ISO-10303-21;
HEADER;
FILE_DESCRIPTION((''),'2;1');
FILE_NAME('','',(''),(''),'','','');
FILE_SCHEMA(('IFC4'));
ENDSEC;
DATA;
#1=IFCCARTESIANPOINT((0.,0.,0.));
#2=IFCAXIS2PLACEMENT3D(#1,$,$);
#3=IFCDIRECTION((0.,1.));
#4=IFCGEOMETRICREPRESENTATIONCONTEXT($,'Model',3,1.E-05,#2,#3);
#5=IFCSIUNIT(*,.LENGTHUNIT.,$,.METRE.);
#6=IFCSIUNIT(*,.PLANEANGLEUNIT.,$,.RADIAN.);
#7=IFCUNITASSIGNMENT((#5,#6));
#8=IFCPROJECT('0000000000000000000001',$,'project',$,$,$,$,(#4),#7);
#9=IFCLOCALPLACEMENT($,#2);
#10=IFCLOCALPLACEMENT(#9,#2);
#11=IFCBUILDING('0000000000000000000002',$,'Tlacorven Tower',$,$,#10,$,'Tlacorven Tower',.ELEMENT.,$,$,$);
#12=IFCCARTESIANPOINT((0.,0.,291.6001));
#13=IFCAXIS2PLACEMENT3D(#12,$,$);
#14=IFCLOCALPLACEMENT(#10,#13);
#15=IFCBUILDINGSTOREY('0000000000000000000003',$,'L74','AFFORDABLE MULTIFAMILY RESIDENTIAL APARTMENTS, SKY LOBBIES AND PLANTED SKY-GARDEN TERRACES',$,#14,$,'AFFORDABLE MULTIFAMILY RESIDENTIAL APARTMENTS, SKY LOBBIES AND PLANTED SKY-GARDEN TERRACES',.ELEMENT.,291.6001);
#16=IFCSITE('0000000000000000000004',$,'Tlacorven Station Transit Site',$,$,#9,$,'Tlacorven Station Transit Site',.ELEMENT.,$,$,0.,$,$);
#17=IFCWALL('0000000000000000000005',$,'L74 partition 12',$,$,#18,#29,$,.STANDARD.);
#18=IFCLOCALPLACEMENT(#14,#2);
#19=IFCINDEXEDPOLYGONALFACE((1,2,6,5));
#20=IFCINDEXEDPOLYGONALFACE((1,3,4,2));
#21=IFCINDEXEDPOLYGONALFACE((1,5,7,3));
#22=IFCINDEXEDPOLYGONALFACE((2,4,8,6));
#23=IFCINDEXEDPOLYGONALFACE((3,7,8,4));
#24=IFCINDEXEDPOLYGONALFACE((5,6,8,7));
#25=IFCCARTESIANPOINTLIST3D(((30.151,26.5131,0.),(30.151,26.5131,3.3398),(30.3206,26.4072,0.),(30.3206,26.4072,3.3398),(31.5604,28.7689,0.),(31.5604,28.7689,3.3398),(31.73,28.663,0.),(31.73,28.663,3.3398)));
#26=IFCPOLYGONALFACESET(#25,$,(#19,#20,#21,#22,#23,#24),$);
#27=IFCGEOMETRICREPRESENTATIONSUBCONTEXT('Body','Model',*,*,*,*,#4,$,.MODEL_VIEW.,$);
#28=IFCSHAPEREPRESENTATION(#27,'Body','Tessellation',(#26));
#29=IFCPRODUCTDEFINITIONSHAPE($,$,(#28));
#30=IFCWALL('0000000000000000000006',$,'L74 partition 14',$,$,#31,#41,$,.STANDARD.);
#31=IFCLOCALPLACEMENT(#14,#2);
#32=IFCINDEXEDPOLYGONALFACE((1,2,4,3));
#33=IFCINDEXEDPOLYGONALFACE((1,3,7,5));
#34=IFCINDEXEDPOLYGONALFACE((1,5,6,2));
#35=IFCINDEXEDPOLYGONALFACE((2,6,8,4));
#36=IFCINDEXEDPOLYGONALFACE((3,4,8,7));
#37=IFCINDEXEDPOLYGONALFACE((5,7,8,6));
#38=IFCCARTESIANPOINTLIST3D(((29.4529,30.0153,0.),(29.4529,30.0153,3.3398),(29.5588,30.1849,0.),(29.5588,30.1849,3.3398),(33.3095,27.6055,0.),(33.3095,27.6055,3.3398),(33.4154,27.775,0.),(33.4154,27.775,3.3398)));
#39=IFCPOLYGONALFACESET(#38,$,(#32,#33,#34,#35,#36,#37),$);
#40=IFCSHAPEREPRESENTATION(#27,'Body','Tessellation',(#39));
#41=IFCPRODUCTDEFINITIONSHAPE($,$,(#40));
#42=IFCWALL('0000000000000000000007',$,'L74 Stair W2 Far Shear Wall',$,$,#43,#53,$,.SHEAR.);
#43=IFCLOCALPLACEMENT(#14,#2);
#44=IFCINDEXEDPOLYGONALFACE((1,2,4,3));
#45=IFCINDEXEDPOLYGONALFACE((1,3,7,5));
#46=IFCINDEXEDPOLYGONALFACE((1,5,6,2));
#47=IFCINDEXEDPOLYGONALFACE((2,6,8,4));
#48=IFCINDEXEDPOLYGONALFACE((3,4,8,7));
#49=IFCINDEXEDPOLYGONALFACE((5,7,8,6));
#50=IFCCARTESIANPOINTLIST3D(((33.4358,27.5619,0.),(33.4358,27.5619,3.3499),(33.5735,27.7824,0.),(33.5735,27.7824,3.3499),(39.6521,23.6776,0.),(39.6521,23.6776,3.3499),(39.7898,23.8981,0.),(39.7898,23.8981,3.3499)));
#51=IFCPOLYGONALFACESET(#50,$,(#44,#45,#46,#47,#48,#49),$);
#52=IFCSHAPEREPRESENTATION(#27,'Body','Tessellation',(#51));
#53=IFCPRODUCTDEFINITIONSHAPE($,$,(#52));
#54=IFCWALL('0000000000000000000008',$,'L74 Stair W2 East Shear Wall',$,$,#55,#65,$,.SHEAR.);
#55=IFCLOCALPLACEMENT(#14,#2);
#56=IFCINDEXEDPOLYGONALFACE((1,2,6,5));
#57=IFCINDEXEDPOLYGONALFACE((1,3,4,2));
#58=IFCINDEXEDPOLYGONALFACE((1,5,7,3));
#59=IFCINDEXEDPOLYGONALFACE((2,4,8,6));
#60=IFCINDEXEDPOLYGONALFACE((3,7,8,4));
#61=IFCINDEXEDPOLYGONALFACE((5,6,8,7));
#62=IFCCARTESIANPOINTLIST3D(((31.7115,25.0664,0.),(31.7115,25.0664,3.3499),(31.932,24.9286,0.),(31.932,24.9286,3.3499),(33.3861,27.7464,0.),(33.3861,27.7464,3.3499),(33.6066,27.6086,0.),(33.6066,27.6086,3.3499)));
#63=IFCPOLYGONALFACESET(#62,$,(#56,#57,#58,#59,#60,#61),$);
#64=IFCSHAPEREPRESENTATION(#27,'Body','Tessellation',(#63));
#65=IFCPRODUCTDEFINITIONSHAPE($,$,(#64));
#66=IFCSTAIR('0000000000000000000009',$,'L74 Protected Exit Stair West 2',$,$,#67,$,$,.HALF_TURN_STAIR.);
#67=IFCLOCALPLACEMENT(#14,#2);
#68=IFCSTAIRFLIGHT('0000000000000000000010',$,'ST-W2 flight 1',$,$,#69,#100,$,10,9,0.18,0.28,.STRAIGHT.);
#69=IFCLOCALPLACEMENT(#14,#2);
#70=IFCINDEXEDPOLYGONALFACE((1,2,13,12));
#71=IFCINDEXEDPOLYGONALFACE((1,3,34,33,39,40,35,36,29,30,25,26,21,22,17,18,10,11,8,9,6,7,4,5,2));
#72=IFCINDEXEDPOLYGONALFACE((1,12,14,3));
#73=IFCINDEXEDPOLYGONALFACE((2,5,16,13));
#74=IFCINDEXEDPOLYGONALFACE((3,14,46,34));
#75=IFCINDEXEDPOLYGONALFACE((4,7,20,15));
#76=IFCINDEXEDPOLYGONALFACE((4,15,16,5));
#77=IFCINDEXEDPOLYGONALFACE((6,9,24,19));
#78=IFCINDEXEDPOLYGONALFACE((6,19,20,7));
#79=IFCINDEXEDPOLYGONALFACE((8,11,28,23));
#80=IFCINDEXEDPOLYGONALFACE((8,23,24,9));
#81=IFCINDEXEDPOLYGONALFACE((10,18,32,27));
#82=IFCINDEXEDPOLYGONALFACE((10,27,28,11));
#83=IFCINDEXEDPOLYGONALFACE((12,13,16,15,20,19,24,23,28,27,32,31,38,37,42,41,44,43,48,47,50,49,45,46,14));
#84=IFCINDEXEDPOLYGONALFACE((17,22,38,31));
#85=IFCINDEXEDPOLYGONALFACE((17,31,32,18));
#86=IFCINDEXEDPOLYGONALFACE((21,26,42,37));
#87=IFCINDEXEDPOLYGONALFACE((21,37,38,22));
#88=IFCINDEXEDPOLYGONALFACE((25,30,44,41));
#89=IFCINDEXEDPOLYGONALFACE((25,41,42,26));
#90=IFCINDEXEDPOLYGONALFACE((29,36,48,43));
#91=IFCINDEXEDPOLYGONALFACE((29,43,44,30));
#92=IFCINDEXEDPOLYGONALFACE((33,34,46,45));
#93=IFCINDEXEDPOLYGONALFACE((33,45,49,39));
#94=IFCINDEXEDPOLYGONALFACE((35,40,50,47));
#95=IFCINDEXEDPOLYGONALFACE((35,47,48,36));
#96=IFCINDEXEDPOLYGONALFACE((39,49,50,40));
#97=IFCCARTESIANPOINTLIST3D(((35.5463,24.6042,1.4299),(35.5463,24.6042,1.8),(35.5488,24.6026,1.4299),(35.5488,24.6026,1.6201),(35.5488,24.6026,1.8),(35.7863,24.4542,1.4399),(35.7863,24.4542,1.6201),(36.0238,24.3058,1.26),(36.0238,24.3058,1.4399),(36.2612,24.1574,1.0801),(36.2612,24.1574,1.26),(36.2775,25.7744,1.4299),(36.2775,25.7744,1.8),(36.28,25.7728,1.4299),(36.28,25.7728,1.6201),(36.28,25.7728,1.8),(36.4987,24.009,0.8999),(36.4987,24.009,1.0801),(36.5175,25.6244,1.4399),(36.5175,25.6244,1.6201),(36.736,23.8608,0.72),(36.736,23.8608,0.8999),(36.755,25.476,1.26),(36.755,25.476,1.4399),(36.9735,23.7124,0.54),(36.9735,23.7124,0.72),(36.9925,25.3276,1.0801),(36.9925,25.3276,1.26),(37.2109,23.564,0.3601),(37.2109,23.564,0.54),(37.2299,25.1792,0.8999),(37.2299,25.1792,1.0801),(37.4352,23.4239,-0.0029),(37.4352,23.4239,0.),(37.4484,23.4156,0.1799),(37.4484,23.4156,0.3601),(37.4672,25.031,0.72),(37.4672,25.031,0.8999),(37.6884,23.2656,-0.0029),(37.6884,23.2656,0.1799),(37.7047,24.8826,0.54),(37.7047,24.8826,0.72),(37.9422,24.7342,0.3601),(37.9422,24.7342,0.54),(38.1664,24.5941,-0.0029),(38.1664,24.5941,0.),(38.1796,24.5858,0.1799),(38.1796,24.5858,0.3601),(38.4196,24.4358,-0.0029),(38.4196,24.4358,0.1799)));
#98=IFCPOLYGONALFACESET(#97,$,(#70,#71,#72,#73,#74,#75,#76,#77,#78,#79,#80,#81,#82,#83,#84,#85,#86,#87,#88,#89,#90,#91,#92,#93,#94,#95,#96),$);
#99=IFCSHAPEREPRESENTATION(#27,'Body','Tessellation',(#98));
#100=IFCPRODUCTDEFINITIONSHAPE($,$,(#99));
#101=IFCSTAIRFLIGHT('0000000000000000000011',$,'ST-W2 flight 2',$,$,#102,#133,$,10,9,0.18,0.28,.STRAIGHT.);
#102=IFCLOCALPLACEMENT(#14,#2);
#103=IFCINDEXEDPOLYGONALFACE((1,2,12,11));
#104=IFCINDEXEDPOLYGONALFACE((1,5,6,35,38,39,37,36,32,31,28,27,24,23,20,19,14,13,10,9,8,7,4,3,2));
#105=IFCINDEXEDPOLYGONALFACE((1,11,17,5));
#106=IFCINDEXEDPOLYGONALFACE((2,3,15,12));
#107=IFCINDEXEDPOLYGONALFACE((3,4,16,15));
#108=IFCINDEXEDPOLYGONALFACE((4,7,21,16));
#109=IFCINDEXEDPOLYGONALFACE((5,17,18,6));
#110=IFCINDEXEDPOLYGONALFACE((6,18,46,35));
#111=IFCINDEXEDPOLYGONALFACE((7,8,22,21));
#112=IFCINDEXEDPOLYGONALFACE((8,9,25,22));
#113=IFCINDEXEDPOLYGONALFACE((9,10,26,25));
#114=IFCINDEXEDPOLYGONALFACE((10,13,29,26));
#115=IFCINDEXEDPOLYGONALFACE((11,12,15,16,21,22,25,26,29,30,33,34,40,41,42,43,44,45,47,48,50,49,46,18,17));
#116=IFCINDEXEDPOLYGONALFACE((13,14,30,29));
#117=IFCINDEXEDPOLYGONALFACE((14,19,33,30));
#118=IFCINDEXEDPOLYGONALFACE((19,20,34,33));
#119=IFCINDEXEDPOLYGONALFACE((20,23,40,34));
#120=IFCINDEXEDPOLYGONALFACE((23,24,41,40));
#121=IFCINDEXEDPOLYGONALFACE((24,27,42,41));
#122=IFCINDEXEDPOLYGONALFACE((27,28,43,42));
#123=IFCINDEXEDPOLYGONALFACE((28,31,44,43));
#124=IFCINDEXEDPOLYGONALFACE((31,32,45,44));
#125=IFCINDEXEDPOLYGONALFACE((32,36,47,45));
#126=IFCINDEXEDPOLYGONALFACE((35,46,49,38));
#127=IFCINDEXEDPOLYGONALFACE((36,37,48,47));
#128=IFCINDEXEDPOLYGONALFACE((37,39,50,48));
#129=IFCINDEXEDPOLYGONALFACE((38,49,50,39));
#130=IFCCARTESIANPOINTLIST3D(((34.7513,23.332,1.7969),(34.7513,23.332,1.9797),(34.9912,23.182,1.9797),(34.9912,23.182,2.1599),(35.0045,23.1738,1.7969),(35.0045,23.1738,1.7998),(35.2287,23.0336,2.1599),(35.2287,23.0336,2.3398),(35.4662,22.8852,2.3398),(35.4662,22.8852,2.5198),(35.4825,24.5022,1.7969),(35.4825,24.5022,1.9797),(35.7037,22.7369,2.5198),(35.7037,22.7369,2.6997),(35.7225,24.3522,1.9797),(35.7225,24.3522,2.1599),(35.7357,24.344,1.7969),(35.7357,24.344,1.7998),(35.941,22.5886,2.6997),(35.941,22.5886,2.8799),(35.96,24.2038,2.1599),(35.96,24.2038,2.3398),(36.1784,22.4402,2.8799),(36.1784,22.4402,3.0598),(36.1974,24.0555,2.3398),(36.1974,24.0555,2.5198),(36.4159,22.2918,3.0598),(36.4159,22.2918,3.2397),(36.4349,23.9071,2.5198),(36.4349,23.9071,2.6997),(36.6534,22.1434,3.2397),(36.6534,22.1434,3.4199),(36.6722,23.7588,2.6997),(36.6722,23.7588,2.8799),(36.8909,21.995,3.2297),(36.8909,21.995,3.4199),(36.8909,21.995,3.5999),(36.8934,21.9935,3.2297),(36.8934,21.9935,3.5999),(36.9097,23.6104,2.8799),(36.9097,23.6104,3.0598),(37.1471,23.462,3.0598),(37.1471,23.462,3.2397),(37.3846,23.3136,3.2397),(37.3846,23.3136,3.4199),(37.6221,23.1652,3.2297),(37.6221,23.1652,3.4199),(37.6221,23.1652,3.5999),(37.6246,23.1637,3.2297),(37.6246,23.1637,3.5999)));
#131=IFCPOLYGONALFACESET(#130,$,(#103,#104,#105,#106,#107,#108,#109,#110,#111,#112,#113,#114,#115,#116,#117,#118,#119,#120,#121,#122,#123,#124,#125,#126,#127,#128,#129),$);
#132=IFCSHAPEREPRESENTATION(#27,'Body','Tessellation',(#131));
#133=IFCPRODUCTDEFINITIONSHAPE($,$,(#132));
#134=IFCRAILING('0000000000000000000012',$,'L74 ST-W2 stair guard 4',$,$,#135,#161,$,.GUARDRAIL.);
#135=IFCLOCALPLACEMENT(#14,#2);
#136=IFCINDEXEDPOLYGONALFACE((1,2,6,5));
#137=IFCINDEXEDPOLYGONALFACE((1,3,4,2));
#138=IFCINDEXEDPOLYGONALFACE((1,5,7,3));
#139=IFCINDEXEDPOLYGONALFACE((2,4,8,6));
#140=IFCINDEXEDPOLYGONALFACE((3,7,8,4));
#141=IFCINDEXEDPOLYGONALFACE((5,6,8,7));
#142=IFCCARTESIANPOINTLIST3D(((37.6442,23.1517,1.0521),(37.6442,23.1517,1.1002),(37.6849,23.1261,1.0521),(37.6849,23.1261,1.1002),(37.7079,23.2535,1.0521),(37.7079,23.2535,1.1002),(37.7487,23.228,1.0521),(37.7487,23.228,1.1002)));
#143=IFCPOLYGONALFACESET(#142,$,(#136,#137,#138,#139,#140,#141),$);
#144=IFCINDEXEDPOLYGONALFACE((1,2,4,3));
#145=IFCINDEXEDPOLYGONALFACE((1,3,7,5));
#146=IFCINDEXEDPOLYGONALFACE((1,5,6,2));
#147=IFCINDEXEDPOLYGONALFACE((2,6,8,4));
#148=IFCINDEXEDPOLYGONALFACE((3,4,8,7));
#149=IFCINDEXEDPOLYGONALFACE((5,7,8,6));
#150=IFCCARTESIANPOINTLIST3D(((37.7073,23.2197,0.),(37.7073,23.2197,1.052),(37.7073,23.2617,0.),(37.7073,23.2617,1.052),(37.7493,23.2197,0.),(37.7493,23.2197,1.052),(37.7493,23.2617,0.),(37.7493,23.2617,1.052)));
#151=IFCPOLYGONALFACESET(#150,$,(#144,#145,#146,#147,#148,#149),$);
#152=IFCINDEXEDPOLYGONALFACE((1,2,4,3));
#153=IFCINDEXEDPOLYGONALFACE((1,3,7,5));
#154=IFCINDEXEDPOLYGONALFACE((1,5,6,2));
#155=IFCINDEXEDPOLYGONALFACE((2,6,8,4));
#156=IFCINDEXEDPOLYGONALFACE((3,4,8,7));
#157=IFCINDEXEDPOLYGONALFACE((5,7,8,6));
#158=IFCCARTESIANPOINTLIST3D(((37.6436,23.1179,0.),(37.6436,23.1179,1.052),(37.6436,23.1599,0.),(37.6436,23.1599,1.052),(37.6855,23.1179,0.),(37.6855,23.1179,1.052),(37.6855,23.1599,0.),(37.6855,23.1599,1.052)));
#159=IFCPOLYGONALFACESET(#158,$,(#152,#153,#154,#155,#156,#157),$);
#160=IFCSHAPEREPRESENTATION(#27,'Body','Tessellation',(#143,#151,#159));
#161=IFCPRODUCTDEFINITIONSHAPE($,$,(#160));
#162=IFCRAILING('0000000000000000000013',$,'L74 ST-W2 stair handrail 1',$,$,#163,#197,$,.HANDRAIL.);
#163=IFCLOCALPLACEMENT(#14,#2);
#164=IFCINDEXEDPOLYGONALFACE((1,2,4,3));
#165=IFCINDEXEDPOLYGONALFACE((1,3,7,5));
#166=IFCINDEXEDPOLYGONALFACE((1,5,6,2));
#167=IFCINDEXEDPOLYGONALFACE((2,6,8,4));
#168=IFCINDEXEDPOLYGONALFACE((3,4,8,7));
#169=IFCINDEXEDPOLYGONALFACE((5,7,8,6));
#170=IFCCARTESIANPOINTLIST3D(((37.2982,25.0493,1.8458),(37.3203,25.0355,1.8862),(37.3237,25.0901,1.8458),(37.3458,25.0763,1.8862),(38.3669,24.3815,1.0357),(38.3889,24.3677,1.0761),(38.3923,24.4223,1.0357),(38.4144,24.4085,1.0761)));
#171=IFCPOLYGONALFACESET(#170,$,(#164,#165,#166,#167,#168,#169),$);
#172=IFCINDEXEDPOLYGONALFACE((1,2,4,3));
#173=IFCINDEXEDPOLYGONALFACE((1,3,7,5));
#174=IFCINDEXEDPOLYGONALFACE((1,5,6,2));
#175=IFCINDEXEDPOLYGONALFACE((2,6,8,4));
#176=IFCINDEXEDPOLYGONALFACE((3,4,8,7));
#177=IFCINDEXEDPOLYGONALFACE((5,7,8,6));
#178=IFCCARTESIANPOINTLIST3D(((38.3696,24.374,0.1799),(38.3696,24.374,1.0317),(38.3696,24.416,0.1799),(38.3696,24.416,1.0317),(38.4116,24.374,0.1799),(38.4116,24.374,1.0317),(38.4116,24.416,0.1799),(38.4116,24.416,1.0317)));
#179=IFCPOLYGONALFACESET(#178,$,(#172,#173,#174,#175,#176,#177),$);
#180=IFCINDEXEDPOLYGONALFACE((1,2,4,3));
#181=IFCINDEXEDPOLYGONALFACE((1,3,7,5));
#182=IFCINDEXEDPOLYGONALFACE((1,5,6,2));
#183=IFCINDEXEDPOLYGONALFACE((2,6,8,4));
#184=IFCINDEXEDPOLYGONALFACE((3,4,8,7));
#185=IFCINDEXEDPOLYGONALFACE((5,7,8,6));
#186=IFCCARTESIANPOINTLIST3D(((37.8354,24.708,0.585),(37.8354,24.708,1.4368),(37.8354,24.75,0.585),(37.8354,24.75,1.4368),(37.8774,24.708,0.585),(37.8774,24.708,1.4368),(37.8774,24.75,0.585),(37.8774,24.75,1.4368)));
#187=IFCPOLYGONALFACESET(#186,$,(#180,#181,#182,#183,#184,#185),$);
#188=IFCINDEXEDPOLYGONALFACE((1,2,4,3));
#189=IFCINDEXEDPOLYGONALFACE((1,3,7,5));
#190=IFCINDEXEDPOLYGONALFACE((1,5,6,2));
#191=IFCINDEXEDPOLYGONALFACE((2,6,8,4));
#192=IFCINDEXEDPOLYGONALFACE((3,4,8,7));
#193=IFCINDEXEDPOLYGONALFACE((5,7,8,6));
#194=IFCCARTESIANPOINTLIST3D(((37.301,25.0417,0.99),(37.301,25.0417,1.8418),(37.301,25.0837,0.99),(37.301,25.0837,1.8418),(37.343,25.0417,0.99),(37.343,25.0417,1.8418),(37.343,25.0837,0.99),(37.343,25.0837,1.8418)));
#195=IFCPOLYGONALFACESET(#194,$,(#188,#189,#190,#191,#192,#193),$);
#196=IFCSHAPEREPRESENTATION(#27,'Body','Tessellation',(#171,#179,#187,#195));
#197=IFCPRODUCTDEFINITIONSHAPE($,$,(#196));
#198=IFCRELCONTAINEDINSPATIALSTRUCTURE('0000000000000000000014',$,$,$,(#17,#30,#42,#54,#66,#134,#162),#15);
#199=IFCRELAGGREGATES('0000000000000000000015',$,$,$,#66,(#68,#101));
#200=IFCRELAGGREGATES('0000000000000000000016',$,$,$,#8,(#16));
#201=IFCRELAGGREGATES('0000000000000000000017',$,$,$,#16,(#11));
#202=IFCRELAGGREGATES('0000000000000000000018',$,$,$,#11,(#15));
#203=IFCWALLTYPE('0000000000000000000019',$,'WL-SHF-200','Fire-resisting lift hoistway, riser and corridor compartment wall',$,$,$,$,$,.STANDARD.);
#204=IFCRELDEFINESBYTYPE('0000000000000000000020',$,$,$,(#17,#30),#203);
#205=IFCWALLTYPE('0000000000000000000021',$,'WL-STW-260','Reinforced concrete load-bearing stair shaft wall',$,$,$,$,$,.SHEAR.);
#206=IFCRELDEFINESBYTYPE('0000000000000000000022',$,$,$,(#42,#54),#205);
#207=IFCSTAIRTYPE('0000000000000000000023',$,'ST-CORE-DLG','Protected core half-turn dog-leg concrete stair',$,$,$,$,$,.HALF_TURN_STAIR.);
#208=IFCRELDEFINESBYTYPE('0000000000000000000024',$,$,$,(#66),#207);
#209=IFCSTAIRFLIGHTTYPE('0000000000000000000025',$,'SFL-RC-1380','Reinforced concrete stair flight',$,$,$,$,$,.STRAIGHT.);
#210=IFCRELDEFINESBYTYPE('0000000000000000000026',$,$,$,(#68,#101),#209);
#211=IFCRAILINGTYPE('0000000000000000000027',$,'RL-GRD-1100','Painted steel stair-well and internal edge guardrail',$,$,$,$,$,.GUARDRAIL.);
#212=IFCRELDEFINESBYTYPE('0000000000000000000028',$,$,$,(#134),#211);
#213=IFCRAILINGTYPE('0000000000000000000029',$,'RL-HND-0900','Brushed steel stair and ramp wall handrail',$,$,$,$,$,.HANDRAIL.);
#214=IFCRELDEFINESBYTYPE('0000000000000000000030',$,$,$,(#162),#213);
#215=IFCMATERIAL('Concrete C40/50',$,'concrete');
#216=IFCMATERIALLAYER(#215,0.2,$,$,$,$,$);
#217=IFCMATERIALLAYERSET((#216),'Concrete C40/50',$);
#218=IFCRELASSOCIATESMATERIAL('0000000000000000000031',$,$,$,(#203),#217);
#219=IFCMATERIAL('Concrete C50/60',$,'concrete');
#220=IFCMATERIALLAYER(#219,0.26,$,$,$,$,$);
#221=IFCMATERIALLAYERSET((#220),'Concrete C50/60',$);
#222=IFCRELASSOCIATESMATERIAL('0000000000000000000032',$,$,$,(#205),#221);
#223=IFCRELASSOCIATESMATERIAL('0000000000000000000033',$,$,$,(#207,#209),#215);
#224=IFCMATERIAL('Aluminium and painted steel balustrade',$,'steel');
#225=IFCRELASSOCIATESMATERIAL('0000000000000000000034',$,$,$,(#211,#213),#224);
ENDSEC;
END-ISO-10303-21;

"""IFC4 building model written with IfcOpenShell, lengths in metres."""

from ifc_helpers import new_model, si_unit, direction, frame, frame_2d, origin, origin_2d, place, context, subcontext, project, spatial, polyline, rectangle, outline, extrude, source, transform, mapped, material, layer, layer_set, type_object, element, aggregate, save


model = new_model("IFC4")

# Units and contexts
model_context = context("Model", 3, precision=1e-05, world=origin(), true_north=direction((0.0, 1.0)))
body_context = subcontext(model_context, "Body", "Model", "MODEL_VIEW")
ifc_project = project(units=[si_unit("LENGTHUNIT", "METRE"), si_unit("PLANEANGLEUNIT", "RADIAN")], contexts=[model_context])

# Site, building, storey
site_placement = place(None, origin())
site = spatial("IfcSite", under=ifc_project, at=site_placement, Name="Tlacorven Station Transit Site", LongName="Tlacorven Station Transit Site", CompositionType="ELEMENT", RefElevation=0.0)
building_placement = place(site_placement, origin())
building = spatial("IfcBuilding", under=site, at=building_placement, Name="Tlacorven Tower", LongName="Tlacorven Tower", CompositionType="ELEMENT")
storey_placement = place(building_placement, frame((0.0, 0.0, 291.6001)))
storey = spatial("IfcBuildingStorey", under=building, at=storey_placement, Name="L74", Description="AFFORDABLE MULTIFAMILY RESIDENTIAL APARTMENTS, SKY LOBBIES AND PLANTED SKY-GARDEN TERRACES", LongName="AFFORDABLE MULTIFAMILY RESIDENTIAL APARTMENTS, SKY LOBBIES AND PLANTED SKY-GARDEN TERRACES", CompositionType="ELEMENT", Elevation=291.6001)

# Shared definitions
ifc_material_1 = material(Name="Concrete C40/50", Category="concrete")
ifc_layer_1 = layer(ifc_material_1, 0.2)
ifc_layer_set_1 = layer_set([ifc_layer_1], Name="Concrete C40/50")
wall_type_1 = type_object("IfcWallType", Name="WL-SHF-200", Description="Fire-resisting lift hoistway, riser and corridor compartment wall", PredefinedType="STANDARD", material=ifc_layer_set_1)

# Walls
wall_1_placement = place(storey_placement, frame((31.6453, 28.7161, 0.0), z_axis=(0.0, 0.0, 1.0), x_axis=(-0.529867, -0.848081, 0.0)))
element("IfcWall", 1, at=wall_1_placement, inside=storey, type_object=wall_type_1, Name="L74 partition 12", PredefinedType="STANDARD", context=body_context, shape_type="SweptSolid", body=[
    extrude(rectangle(XDim=2.6599, YDim=0.2, at=frame_2d((1.3301, 0.0))), origin(), (0.0, 0.0, 1.0), 3.3398),
])
wall_2_placement = place(storey_placement, frame((33.3625, 27.6902, 0.0), z_axis=(0.0, 0.0, 1.0), x_axis=(-0.84805, 0.529917, 0.0)))
element("IfcWall", 2, at=wall_2_placement, inside=storey, type_object=wall_type_1, Name="L74 partition 14", PredefinedType="STANDARD", context=body_context, shape_type="SweptSolid", body=[
    extrude(rectangle(XDim=4.5476, YDim=0.2, at=frame_2d((2.2739, 0.0))), origin(), (0.0, 0.0, 1.0), 3.3398),
])
ifc_material_2 = material(Name="Concrete C50/60", Category="concrete")
ifc_layer_2 = layer(ifc_material_2, 0.26)
ifc_layer_set_2 = layer_set([ifc_layer_2], Name="Concrete C50/60")
wall_type_2 = type_object("IfcWallType", Name="WL-STW-260", Description="Reinforced concrete load-bearing stair shaft wall", PredefinedType="SHEAR", material=ifc_layer_set_2)
wall_3_placement = place(storey_placement, frame((39.7209, 23.7878, 0.0), z_axis=(0.0, 0.0, 1.0), x_axis=(-0.848054, 0.529909, 0.0)))
element("IfcWall", 3, at=wall_3_placement, inside=storey, type_object=wall_type_2, Name="L74 Stair W2 Far Shear Wall", PredefinedType="SHEAR", context=body_context, shape_type="SweptSolid", body=[
    extrude(rectangle(XDim=7.3301, YDim=0.26, at=frame_2d((3.665, 0.0))), origin(), (0.0, 0.0, 1.0), 3.3499),
])
wall_4_placement = place(storey_placement, frame((33.4963, 27.6775, 0.0), z_axis=(0.0, 0.0, 1.0), x_axis=(-0.529909, -0.848055, 0.0)))
element("IfcWall", 4, at=wall_4_placement, inside=storey, type_object=wall_type_2, Name="L74 Stair W2 East Shear Wall", PredefinedType="SHEAR", context=body_context, shape_type="SweptSolid", body=[
    extrude(rectangle(XDim=3.1602, YDim=0.26, at=frame_2d((1.5801, 0.0))), origin(), (0.0, 0.0, 1.0), 3.3499),
])

# Stair, stair flights
stair_type = type_object("IfcStairType", Name="ST-CORE-DLG", Description="Protected core half-turn dog-leg concrete stair", PredefinedType="HALF_TURN_STAIR", material=ifc_material_1)
stair_placement = place(storey_placement, origin())
stair = element("IfcStair", 5, at=stair_placement, inside=storey, type_object=stair_type, Name="L74 Protected Exit Stair West 2", PredefinedType="HALF_TURN_STAIR")
stair_flight_type = type_object("IfcStairFlightType", Name="SFL-RC-1380", Description="Reinforced concrete stair flight", PredefinedType="STRAIGHT", material=ifc_material_1)
shared_shape_1 = source(origin(), body_context, "Body", "SweptSolid", [
    extrude(outline(polyline([(-0.0029, -0.0029), (-0.0029, 0.1799), (0.28, 0.1799), (0.28, 0.3601), (0.5601, 0.3601), (0.5601, 0.54), (0.8401, 0.54), (0.8401, 0.72), (1.1201, 0.72), (1.1201, 0.8999), (1.3999, 0.8999), (1.3999, 1.0801), (1.6799, 1.0801), (1.6799, 1.26), (1.96, 1.26), (1.96, 1.4399), (2.24, 1.4399), (2.24, 1.6201), (2.52, 1.6201), (2.52, 1.8), (2.5229, 1.8), (2.5229, 1.4299), (2.52, 1.4299), (0.2957, 0.0), (0.2957, -0.0029), (-0.0029, -0.0029)])), frame((0.0, 0.6899, 0.0), z_axis=(0.0, -1.0, 0.0), x_axis=(1.0, 0.0, 0.0)), (0.0, 0.0, 1.0), 1.3799),
])
stair_flight_1_placement = place(storey_placement, frame((38.0515, 23.8523, 0.0), z_axis=(0.0, 0.0, 1.0), x_axis=(-0.848048, 0.529919, 0.0)))
stair_flight_1 = element("IfcStairFlight", 6, at=stair_flight_1_placement, type_object=stair_flight_type, Name="ST-W2 flight 1", NumberOfRisers=10, NumberOfTreads=9, PredefinedType="STRAIGHT", RiserHeight=0.18, TreadLength=0.28, context=body_context, shape_type="MappedRepresentation", body=[
    mapped(shared_shape_1, transform((0.0, 0.0, 0.0), scale=1.0)),
])
stair_flight_2_placement = place(storey_placement, frame((35.1194, 23.9155, 1.7998), z_axis=(0.0, 0.0, 1.0), x_axis=(0.848048, -0.529919, 0.0)))
stair_flight_2 = element("IfcStairFlight", 7, at=stair_flight_2_placement, type_object=stair_flight_type, Name="ST-W2 flight 2", NumberOfRisers=10, NumberOfTreads=9, PredefinedType="STRAIGHT", RiserHeight=0.18, TreadLength=0.28, context=body_context, shape_type="MappedRepresentation", body=[
    mapped(shared_shape_1, transform((0.0, 0.0, 0.0), scale=1.0)),
])
aggregate(stair, [stair_flight_1, stair_flight_2])

# Railings
ifc_material_3 = material(Name="Aluminium and painted steel balustrade", Category="steel")
railing_type_1 = type_object("IfcRailingType", Name="RL-GRD-1100", Description="Painted steel stair-well and internal edge guardrail", PredefinedType="GUARDRAIL", material=ifc_material_3)
shared_shape_2 = source(origin(), body_context, "Body", "SweptSolid", [
    extrude(rectangle(XDim=0.0481, YDim=0.0481, at=origin_2d()), frame((0.0, 0.0, 1.0762), z_axis=(-0.530547, -0.847656, 0.0), x_axis=(0.847656, -0.530547, 0.0)), (0.0, 0.0, 1.0), 0.1201),
    extrude(rectangle(XDim=0.042, YDim=0.042, at=origin_2d()), origin(), (0.0, 0.0, 1.0), 1.052),
    extrude(rectangle(XDim=0.042, YDim=0.042, at=origin_2d()), frame((-0.0637, -0.1018, 0.0)), (0.0, 0.0, 1.0), 1.052),
])
railing_1_placement = place(storey_placement, frame((37.7283, 23.2407, 0.0)))
element("IfcRailing", 8, at=railing_1_placement, inside=storey, type_object=railing_type_1, Name="L74 ST-W2 stair guard 4", PredefinedType="GUARDRAIL", context=body_context, shape_type="MappedRepresentation", body=[
    mapped(shared_shape_2, transform((0.0, 0.0, 0.0), scale=1.0)),
])
railing_type_2 = type_object("IfcRailingType", Name="RL-HND-0900", Description="Brushed steel stair and ramp wall handrail", PredefinedType="HANDRAIL", material=ifc_material_3)
shared_shape_3 = source(origin(), body_context, "Body", "SweptSolid", [
    extrude(rectangle(XDim=0.0481, YDim=0.0481, at=origin_2d()), frame((0.0, 0.0, 0.876), z_axis=(-0.71336, 0.445748, 0.540765), x_axis=(-0.529912, -0.848053, 0.0)), (0.0, 0.0, 1.0), 1.498),
    extrude(rectangle(XDim=0.042, YDim=0.042, at=origin_2d()), origin(), (0.0, 0.0, 1.0), 0.8518),
    extrude(rectangle(XDim=0.042, YDim=0.042, at=origin_2d()), frame((-0.5342, 0.334, 0.405)), (0.0, 0.0, 1.0), 0.8518),
    extrude(rectangle(XDim=0.042, YDim=0.042, at=origin_2d()), frame((-1.0686, 0.6677, 0.8101)), (0.0, 0.0, 1.0), 0.8518),
])
railing_2_placement = place(storey_placement, frame((38.3906, 24.395, 0.1799)))
element("IfcRailing", 9, at=railing_2_placement, inside=storey, type_object=railing_type_2, Name="L74 ST-W2 stair handrail 1", PredefinedType="HANDRAIL", context=body_context, shape_type="MappedRepresentation", body=[
    mapped(shared_shape_3, transform((0.0, 0.0, 0.0), scale=1.0)),
])

save(model, "model.ifc")
